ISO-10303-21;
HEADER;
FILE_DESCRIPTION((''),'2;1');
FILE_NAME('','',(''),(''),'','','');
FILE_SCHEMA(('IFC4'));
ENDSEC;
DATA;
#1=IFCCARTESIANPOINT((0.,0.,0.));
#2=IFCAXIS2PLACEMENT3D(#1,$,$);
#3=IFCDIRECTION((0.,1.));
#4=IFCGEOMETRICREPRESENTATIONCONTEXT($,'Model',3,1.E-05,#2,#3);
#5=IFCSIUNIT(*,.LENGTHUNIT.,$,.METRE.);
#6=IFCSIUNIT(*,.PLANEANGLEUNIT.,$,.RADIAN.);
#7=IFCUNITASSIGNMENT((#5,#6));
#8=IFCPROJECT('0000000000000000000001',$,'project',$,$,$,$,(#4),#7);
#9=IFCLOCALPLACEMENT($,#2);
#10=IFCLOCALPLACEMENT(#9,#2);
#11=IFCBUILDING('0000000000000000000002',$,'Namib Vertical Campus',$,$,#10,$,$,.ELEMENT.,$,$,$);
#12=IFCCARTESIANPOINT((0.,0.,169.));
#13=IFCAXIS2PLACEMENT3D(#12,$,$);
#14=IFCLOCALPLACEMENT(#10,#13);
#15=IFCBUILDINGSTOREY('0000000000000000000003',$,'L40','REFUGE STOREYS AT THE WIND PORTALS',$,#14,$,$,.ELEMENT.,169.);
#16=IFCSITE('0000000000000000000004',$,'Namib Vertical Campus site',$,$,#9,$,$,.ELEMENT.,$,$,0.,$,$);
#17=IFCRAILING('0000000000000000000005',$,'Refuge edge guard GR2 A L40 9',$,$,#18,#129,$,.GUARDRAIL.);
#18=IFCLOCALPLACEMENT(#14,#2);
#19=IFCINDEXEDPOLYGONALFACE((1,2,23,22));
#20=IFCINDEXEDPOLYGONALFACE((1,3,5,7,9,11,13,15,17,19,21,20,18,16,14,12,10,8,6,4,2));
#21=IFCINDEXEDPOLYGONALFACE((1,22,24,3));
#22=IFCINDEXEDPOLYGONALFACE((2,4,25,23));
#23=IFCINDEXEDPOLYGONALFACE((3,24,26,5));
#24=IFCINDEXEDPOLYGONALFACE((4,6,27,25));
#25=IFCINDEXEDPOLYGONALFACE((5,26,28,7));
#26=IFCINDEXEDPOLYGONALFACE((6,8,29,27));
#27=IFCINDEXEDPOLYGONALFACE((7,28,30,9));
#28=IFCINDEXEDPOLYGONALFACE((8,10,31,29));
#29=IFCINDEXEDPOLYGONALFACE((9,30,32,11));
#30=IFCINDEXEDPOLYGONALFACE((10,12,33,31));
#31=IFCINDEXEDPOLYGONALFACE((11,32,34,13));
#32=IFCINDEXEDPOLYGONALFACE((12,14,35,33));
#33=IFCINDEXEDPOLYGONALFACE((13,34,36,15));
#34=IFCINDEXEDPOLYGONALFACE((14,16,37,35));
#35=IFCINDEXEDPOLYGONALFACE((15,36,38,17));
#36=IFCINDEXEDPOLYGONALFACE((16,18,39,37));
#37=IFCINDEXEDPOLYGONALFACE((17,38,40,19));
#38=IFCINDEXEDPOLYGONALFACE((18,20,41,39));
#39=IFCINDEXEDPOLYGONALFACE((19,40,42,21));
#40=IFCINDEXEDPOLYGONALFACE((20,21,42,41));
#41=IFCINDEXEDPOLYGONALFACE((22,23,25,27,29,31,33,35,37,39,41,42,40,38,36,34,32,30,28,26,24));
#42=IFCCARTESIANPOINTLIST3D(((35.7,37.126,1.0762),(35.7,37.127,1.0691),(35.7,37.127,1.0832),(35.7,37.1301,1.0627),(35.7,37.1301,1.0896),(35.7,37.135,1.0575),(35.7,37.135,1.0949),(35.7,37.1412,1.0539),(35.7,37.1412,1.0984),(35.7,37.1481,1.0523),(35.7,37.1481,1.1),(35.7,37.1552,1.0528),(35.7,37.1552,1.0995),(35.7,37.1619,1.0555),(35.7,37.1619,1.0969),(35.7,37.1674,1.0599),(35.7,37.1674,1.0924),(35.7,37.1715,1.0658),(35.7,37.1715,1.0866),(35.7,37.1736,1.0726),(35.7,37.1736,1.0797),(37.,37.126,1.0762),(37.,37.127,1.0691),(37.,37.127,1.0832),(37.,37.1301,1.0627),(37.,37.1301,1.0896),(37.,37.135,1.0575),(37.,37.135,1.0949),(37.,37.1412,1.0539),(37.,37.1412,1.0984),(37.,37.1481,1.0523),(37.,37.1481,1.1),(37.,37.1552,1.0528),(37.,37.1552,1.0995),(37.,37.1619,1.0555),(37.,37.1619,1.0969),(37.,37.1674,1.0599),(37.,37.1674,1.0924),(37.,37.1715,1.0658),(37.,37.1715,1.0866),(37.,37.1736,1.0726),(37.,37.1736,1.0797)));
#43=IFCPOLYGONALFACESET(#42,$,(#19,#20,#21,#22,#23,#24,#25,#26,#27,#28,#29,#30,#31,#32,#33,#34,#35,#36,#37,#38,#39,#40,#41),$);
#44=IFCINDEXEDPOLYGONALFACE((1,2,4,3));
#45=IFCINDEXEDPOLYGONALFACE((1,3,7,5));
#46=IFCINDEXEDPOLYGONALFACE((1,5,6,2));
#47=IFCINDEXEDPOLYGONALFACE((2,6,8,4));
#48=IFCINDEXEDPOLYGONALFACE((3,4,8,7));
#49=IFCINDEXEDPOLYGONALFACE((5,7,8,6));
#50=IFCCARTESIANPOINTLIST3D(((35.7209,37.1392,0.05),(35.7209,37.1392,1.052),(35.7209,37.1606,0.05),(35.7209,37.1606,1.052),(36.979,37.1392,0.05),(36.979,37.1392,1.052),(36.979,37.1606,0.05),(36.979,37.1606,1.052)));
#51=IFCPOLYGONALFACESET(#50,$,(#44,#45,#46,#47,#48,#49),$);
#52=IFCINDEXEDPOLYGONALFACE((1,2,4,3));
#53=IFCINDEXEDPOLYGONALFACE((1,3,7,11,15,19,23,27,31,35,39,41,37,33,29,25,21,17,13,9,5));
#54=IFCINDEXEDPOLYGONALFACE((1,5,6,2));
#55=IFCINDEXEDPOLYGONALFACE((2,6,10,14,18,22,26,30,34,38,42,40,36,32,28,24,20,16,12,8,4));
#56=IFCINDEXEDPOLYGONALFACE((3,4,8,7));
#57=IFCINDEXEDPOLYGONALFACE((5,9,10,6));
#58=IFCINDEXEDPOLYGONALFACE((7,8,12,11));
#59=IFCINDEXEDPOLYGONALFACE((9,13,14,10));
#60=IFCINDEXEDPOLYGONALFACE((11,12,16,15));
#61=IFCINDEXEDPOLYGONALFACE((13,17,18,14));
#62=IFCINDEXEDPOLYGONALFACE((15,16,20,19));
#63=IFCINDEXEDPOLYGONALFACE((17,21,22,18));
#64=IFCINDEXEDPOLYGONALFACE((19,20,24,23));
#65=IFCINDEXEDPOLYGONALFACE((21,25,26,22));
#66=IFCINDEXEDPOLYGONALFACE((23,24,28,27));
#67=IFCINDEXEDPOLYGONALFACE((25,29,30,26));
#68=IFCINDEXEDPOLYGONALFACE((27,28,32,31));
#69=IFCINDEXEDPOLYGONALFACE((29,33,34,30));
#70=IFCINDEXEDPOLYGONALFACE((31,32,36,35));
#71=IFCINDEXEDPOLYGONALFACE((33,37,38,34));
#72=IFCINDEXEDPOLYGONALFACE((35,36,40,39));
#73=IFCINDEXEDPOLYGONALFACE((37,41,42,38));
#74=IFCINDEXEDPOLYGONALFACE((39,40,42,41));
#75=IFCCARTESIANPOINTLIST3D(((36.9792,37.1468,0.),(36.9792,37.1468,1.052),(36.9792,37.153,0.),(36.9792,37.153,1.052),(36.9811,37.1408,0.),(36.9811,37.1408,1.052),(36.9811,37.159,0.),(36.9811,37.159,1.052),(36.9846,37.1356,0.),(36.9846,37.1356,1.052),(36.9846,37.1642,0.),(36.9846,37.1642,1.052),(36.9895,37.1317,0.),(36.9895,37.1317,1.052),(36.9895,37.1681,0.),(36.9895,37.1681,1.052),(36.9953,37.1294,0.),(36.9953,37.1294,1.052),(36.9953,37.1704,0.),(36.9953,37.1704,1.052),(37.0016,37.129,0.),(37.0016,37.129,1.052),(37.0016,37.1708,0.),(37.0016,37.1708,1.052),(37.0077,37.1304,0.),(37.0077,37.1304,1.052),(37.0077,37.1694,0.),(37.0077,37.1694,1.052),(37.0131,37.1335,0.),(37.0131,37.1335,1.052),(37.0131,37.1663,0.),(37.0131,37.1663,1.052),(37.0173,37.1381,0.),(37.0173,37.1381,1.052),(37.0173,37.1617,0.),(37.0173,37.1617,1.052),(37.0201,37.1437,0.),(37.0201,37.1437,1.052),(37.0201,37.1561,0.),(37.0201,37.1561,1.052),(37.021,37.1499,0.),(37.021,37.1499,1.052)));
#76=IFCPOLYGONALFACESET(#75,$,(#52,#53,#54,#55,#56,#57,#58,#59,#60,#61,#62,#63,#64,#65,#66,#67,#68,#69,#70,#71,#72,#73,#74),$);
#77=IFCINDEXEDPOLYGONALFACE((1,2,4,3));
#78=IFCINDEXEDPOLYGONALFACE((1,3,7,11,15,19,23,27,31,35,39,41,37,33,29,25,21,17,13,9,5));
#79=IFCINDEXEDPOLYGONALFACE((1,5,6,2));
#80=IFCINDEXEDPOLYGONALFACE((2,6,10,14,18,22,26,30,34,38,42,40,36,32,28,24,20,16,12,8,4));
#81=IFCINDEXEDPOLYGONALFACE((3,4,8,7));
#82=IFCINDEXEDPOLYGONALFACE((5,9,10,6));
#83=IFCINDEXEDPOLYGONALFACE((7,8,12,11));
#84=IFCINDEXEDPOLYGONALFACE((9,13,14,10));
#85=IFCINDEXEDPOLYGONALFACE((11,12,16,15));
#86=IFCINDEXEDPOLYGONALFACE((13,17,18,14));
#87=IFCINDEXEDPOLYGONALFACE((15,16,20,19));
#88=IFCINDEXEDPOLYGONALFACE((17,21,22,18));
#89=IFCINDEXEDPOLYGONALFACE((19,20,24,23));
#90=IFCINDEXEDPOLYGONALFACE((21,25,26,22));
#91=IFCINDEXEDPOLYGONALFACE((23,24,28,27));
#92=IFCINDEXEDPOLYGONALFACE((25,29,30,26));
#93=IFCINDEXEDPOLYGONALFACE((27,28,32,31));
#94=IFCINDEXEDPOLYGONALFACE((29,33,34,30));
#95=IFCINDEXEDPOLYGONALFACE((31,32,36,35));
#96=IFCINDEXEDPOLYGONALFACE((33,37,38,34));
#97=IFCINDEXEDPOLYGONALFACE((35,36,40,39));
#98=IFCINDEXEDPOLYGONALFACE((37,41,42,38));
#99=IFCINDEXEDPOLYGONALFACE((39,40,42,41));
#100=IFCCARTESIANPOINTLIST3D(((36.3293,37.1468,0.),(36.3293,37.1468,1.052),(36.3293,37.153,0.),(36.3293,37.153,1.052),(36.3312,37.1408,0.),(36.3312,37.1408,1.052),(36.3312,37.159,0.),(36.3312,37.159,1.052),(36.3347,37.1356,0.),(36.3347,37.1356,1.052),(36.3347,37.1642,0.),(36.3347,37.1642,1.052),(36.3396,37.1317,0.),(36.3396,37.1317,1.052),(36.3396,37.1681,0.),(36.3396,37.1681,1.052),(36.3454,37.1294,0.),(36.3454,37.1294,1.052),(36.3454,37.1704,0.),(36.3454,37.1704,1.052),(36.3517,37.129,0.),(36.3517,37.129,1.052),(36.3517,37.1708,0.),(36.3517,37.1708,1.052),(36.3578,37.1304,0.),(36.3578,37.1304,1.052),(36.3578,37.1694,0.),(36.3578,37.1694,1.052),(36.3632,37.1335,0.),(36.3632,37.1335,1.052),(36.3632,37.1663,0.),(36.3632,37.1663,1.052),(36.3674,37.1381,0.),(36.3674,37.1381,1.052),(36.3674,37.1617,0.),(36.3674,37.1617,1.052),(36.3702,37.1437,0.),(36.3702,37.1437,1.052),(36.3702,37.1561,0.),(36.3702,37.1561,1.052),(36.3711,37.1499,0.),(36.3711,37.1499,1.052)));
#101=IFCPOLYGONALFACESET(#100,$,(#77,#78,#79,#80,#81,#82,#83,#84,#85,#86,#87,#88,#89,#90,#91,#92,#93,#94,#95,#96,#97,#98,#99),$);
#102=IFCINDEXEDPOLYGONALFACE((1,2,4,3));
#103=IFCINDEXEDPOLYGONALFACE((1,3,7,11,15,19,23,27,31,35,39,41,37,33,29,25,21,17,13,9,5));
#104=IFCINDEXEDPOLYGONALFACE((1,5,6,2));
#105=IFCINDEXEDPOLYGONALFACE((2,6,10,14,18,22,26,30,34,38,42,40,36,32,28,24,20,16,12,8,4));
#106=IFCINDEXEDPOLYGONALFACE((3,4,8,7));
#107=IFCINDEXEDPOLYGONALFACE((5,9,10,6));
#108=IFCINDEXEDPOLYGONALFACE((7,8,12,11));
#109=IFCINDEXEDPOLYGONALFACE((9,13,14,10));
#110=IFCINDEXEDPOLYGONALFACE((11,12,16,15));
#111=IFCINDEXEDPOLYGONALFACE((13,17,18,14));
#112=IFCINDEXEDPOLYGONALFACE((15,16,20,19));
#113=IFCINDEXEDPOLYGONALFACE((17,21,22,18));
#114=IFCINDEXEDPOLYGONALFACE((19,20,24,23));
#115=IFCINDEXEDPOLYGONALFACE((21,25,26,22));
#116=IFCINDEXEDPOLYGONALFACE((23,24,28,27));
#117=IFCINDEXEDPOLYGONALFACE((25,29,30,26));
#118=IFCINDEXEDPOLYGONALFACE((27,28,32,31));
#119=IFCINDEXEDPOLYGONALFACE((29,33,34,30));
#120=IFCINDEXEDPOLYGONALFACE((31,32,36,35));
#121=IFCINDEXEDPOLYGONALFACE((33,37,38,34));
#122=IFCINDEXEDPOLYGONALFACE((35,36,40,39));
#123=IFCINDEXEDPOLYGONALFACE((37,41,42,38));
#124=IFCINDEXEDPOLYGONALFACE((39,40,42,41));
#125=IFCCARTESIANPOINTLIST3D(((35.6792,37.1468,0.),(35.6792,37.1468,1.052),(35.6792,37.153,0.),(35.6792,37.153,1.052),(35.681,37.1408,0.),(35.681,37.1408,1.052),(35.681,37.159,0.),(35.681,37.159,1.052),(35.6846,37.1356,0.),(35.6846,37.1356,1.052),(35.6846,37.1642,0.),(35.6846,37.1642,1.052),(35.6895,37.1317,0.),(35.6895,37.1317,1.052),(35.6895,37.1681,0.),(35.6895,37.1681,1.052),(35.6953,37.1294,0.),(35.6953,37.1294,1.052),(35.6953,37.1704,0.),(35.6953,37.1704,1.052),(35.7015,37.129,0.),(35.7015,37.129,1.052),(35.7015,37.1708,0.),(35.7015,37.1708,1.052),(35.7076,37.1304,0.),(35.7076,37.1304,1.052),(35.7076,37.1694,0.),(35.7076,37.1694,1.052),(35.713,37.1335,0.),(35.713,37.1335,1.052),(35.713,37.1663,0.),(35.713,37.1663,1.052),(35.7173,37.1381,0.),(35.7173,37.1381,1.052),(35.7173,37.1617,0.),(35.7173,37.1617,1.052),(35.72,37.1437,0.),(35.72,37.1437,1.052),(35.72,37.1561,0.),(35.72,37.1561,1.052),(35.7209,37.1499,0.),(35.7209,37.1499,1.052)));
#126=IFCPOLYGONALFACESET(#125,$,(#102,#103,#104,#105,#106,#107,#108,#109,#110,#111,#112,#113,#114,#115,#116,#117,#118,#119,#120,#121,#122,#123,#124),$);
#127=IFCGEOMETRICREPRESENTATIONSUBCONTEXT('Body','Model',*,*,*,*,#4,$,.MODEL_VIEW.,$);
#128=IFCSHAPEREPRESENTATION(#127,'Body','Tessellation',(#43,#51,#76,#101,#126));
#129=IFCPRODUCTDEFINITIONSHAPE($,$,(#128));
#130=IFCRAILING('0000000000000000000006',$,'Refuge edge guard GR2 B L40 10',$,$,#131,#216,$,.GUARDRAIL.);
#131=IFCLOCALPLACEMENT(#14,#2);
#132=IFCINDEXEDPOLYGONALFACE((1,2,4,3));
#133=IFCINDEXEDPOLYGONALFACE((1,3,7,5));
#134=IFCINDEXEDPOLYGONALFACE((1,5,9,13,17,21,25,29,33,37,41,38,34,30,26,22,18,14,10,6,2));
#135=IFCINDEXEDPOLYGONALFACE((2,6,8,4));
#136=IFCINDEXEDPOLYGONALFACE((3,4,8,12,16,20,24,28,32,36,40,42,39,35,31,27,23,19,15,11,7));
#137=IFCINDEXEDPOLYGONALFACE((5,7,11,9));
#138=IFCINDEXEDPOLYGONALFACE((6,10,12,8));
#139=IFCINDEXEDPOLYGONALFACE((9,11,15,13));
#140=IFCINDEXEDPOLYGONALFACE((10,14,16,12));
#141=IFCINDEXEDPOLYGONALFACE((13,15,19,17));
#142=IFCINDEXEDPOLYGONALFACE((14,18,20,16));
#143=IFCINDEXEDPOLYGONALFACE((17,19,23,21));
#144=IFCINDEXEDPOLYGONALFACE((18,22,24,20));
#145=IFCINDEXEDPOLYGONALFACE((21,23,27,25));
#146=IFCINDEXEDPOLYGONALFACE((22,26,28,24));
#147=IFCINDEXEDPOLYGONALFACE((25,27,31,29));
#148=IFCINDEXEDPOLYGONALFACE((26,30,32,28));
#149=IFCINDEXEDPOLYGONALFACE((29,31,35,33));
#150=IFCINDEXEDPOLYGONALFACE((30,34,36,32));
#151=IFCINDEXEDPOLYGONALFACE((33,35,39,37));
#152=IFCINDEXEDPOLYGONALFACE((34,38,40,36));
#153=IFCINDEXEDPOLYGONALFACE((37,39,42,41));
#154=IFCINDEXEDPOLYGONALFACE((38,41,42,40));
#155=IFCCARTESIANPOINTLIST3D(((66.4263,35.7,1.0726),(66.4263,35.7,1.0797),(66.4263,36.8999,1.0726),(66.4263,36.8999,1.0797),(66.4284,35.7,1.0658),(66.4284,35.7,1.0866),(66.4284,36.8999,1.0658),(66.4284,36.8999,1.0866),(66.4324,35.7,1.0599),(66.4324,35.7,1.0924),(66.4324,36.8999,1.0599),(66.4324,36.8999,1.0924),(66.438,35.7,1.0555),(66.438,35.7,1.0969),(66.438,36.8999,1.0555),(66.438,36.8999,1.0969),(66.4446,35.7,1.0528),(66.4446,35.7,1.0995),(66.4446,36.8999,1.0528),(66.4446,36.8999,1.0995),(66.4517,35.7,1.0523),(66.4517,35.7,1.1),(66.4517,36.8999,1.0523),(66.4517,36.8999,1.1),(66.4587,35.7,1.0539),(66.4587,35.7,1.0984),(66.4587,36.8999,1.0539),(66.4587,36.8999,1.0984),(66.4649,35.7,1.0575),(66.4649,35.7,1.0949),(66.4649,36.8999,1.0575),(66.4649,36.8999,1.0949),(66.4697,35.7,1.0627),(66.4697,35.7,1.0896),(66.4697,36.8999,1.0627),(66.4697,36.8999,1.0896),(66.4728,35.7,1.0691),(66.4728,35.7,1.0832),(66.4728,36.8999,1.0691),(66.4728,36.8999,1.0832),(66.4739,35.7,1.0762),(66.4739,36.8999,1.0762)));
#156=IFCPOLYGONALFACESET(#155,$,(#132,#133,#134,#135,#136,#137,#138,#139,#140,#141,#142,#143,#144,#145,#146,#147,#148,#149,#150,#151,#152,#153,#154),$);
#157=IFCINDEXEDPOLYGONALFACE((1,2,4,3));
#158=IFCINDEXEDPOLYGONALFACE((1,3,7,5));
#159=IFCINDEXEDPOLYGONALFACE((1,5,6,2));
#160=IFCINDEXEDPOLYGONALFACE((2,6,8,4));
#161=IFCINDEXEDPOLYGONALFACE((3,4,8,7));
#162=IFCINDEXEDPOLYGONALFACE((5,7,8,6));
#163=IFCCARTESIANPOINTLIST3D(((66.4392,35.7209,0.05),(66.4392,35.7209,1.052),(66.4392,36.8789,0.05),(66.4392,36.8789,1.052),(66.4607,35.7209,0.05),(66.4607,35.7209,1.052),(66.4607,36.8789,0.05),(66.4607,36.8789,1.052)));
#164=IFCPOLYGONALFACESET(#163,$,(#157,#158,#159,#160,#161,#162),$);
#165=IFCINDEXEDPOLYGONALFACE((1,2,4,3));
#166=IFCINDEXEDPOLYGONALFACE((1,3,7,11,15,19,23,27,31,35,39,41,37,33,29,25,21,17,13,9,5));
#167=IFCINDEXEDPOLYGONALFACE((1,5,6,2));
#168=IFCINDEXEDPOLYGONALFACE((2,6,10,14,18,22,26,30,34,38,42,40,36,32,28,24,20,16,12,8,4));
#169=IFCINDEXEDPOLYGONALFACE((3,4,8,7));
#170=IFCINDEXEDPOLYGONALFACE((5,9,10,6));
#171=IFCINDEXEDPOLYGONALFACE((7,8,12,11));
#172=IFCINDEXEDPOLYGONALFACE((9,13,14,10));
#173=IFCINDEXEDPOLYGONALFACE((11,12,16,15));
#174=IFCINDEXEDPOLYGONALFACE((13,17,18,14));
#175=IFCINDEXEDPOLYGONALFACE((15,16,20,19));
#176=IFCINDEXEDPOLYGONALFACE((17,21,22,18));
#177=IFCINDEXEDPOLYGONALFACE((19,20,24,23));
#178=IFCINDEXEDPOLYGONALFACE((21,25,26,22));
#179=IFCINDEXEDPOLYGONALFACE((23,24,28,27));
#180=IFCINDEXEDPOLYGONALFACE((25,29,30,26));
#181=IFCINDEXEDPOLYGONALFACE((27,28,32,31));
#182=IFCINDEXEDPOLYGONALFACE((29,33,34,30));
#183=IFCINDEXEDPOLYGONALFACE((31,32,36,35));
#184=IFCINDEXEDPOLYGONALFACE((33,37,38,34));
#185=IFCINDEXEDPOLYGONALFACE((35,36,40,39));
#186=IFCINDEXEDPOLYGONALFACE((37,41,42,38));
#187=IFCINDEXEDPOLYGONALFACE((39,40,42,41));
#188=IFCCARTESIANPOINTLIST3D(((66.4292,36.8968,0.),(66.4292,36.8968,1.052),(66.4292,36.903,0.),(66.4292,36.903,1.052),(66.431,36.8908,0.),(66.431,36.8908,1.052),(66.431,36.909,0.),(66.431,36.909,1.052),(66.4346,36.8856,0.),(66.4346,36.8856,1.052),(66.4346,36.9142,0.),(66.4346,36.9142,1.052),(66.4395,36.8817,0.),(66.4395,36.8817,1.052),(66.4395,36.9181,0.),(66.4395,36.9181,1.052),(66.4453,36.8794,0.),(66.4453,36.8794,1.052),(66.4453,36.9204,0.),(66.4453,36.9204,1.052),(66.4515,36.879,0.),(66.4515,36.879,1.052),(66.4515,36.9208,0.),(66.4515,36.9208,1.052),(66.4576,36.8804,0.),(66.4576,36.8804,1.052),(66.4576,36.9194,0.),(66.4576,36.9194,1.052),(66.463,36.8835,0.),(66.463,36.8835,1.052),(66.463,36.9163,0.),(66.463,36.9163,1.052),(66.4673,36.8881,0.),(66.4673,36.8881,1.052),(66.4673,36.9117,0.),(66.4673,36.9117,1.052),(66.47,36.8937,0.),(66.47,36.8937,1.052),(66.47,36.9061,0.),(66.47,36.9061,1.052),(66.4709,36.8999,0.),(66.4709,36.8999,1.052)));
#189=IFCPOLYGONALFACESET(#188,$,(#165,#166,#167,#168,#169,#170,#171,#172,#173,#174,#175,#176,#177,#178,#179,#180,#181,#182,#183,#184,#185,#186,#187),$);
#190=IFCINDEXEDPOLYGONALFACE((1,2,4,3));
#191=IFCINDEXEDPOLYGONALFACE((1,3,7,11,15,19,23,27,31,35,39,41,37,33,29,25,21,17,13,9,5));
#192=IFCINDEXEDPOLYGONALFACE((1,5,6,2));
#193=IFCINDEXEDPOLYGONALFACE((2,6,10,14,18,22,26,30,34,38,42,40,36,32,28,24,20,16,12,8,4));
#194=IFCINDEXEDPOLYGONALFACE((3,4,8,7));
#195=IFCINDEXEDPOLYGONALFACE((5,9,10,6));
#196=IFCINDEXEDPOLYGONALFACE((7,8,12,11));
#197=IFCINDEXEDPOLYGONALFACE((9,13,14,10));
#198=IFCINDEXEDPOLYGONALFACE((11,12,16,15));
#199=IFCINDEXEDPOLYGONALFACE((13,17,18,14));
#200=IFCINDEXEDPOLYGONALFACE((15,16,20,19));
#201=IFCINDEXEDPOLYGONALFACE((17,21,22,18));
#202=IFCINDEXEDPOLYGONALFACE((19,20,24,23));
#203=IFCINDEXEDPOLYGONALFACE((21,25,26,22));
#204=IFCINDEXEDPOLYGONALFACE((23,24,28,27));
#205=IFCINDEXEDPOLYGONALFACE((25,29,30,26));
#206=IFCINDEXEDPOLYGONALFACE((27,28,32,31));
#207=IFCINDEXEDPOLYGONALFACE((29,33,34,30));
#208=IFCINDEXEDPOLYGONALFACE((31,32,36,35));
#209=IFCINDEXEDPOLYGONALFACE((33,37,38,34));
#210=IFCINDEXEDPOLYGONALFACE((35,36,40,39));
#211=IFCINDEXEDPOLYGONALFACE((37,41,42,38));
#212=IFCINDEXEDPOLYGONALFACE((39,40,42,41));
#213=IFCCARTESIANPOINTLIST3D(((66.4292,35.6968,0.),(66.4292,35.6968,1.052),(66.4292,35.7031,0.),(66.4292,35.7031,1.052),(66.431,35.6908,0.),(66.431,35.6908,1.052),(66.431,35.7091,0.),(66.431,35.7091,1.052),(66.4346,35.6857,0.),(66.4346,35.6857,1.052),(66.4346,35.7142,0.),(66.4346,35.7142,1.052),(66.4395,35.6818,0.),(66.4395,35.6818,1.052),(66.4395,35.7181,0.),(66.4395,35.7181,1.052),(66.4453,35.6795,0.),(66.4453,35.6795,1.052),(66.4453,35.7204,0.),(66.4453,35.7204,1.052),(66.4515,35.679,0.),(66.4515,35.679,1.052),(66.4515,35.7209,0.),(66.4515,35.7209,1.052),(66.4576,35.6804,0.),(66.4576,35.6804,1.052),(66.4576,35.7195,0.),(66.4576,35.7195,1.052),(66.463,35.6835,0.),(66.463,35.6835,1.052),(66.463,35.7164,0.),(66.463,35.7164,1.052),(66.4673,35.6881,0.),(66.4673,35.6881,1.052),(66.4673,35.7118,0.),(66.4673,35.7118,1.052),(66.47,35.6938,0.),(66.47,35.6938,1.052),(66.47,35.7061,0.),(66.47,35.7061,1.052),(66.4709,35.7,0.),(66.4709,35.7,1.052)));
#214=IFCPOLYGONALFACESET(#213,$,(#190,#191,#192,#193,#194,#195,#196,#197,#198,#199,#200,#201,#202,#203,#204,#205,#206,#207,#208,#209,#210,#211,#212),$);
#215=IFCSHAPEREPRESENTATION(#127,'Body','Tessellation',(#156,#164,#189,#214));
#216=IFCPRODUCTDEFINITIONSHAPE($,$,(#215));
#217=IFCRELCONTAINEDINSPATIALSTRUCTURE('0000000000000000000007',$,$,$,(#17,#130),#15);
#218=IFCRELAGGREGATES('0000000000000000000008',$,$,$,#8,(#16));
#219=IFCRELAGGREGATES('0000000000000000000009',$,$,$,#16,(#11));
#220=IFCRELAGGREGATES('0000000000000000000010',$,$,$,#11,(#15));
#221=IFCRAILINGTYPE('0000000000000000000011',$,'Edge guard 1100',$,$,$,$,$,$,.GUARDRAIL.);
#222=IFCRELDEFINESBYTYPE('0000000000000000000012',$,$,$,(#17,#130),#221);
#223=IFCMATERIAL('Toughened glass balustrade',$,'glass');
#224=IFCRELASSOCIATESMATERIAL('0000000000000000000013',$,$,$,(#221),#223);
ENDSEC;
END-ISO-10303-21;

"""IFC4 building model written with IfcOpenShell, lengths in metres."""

from ifc_helpers import new_model, si_unit, direction, frame, origin, origin_2d, place, context, subcontext, project, spatial, polyline, circle, outline, extrude, material, type_object, element, save


model = new_model("IFC4")

# Units and contexts
model_context = context("Model", 3, precision=1e-05, world=origin(), true_north=direction((0.0, 1.0)))
body_context = subcontext(model_context, "Body", "Model", "MODEL_VIEW")
ifc_project = project(units=[si_unit("LENGTHUNIT", "METRE"), si_unit("PLANEANGLEUNIT", "RADIAN")], contexts=[model_context])

# Site, building, storey
site_placement = place(None, origin())
site = spatial("IfcSite", under=ifc_project, at=site_placement, Name="Namib Vertical Campus site", CompositionType="ELEMENT", RefElevation=0.0)
building_placement = place(site_placement, origin())
building = spatial("IfcBuilding", under=site, at=building_placement, Name="Namib Vertical Campus", CompositionType="ELEMENT")
storey_placement = place(building_placement, frame((0.0, 0.0, 169.0)))
storey = spatial("IfcBuildingStorey", under=building, at=storey_placement, Name="L40", Description="REFUGE STOREYS AT THE WIND PORTALS", CompositionType="ELEMENT", Elevation=169.0)

# Railings
ifc_material_1 = material(Name="Toughened glass balustrade", Category="glass")
railing_type = type_object("IfcRailingType", Name="Edge guard 1100", PredefinedType="GUARDRAIL", material=ifc_material_1)
railing_1_placement = place(storey_placement, frame((37.0, 37.1499, 0.0)))
element("IfcRailing", 1, at=railing_1_placement, inside=storey, type_object=railing_type, Name="Refuge edge guard GR2 A L40 9", PredefinedType="GUARDRAIL", context=body_context, shape_type="SweptSolid", body=[
    extrude(circle(Radius=0.0239, at=origin_2d()), frame((0.0, 0.0, 1.0762), z_axis=(-1.0, 0.0, 0.0), x_axis=(0.0, -1.0, 0.0)), (0.0, 0.0, 1.0), 1.3),
    extrude(outline(polyline([(0.021, 0.05), (1.2791, 0.05), (1.2791, 1.052), (0.021, 1.052), (0.021, 0.05)])), frame((0.0, -0.0107, 0.0), z_axis=(0.0, 1.0, 0.0), x_axis=(-1.0, 0.0, 0.0)), (0.0, 0.0, 1.0), 0.0215),
    extrude(circle(Radius=0.021, at=origin_2d()), origin(), (0.0, 0.0, 1.0), 1.052),
    extrude(circle(Radius=0.021, at=origin_2d()), frame((-0.6499, 0.0, 0.0)), (0.0, 0.0, 1.0), 1.052),
    extrude(circle(Radius=0.021, at=origin_2d()), frame((-1.3, 0.0, 0.0)), (0.0, 0.0, 1.0), 1.052),
])
railing_2_placement = place(storey_placement, frame((66.45, 36.8999, 0.0)))
element("IfcRailing", 2, at=railing_2_placement, inside=storey, type_object=railing_type, Name="Refuge edge guard GR2 B L40 10", PredefinedType="GUARDRAIL", context=body_context, shape_type="SweptSolid", body=[
    extrude(circle(Radius=0.0239, at=origin_2d()), frame((0.0, 0.0, 1.0762), z_axis=(0.0, -1.0, 0.0), x_axis=(1.0, 0.0, 0.0)), (0.0, 0.0, 1.0), 1.2),
    extrude(outline(polyline([(0.021, 0.05), (1.179, 0.05), (1.179, 1.052), (0.021, 1.052), (0.021, 0.05)])), frame((0.0107, 0.0, 0.0), z_axis=(-1.0, 0.0, 0.0), x_axis=(0.0, -1.0, 0.0)), (0.0, 0.0, 1.0), 0.0215),
    extrude(circle(Radius=0.021, at=origin_2d()), origin(), (0.0, 0.0, 1.0), 1.052),
    extrude(circle(Radius=0.021, at=origin_2d()), frame((0.0, -1.2, 0.0)), (0.0, 0.0, 1.0), 1.052),
])

save(model, "model.ifc")
